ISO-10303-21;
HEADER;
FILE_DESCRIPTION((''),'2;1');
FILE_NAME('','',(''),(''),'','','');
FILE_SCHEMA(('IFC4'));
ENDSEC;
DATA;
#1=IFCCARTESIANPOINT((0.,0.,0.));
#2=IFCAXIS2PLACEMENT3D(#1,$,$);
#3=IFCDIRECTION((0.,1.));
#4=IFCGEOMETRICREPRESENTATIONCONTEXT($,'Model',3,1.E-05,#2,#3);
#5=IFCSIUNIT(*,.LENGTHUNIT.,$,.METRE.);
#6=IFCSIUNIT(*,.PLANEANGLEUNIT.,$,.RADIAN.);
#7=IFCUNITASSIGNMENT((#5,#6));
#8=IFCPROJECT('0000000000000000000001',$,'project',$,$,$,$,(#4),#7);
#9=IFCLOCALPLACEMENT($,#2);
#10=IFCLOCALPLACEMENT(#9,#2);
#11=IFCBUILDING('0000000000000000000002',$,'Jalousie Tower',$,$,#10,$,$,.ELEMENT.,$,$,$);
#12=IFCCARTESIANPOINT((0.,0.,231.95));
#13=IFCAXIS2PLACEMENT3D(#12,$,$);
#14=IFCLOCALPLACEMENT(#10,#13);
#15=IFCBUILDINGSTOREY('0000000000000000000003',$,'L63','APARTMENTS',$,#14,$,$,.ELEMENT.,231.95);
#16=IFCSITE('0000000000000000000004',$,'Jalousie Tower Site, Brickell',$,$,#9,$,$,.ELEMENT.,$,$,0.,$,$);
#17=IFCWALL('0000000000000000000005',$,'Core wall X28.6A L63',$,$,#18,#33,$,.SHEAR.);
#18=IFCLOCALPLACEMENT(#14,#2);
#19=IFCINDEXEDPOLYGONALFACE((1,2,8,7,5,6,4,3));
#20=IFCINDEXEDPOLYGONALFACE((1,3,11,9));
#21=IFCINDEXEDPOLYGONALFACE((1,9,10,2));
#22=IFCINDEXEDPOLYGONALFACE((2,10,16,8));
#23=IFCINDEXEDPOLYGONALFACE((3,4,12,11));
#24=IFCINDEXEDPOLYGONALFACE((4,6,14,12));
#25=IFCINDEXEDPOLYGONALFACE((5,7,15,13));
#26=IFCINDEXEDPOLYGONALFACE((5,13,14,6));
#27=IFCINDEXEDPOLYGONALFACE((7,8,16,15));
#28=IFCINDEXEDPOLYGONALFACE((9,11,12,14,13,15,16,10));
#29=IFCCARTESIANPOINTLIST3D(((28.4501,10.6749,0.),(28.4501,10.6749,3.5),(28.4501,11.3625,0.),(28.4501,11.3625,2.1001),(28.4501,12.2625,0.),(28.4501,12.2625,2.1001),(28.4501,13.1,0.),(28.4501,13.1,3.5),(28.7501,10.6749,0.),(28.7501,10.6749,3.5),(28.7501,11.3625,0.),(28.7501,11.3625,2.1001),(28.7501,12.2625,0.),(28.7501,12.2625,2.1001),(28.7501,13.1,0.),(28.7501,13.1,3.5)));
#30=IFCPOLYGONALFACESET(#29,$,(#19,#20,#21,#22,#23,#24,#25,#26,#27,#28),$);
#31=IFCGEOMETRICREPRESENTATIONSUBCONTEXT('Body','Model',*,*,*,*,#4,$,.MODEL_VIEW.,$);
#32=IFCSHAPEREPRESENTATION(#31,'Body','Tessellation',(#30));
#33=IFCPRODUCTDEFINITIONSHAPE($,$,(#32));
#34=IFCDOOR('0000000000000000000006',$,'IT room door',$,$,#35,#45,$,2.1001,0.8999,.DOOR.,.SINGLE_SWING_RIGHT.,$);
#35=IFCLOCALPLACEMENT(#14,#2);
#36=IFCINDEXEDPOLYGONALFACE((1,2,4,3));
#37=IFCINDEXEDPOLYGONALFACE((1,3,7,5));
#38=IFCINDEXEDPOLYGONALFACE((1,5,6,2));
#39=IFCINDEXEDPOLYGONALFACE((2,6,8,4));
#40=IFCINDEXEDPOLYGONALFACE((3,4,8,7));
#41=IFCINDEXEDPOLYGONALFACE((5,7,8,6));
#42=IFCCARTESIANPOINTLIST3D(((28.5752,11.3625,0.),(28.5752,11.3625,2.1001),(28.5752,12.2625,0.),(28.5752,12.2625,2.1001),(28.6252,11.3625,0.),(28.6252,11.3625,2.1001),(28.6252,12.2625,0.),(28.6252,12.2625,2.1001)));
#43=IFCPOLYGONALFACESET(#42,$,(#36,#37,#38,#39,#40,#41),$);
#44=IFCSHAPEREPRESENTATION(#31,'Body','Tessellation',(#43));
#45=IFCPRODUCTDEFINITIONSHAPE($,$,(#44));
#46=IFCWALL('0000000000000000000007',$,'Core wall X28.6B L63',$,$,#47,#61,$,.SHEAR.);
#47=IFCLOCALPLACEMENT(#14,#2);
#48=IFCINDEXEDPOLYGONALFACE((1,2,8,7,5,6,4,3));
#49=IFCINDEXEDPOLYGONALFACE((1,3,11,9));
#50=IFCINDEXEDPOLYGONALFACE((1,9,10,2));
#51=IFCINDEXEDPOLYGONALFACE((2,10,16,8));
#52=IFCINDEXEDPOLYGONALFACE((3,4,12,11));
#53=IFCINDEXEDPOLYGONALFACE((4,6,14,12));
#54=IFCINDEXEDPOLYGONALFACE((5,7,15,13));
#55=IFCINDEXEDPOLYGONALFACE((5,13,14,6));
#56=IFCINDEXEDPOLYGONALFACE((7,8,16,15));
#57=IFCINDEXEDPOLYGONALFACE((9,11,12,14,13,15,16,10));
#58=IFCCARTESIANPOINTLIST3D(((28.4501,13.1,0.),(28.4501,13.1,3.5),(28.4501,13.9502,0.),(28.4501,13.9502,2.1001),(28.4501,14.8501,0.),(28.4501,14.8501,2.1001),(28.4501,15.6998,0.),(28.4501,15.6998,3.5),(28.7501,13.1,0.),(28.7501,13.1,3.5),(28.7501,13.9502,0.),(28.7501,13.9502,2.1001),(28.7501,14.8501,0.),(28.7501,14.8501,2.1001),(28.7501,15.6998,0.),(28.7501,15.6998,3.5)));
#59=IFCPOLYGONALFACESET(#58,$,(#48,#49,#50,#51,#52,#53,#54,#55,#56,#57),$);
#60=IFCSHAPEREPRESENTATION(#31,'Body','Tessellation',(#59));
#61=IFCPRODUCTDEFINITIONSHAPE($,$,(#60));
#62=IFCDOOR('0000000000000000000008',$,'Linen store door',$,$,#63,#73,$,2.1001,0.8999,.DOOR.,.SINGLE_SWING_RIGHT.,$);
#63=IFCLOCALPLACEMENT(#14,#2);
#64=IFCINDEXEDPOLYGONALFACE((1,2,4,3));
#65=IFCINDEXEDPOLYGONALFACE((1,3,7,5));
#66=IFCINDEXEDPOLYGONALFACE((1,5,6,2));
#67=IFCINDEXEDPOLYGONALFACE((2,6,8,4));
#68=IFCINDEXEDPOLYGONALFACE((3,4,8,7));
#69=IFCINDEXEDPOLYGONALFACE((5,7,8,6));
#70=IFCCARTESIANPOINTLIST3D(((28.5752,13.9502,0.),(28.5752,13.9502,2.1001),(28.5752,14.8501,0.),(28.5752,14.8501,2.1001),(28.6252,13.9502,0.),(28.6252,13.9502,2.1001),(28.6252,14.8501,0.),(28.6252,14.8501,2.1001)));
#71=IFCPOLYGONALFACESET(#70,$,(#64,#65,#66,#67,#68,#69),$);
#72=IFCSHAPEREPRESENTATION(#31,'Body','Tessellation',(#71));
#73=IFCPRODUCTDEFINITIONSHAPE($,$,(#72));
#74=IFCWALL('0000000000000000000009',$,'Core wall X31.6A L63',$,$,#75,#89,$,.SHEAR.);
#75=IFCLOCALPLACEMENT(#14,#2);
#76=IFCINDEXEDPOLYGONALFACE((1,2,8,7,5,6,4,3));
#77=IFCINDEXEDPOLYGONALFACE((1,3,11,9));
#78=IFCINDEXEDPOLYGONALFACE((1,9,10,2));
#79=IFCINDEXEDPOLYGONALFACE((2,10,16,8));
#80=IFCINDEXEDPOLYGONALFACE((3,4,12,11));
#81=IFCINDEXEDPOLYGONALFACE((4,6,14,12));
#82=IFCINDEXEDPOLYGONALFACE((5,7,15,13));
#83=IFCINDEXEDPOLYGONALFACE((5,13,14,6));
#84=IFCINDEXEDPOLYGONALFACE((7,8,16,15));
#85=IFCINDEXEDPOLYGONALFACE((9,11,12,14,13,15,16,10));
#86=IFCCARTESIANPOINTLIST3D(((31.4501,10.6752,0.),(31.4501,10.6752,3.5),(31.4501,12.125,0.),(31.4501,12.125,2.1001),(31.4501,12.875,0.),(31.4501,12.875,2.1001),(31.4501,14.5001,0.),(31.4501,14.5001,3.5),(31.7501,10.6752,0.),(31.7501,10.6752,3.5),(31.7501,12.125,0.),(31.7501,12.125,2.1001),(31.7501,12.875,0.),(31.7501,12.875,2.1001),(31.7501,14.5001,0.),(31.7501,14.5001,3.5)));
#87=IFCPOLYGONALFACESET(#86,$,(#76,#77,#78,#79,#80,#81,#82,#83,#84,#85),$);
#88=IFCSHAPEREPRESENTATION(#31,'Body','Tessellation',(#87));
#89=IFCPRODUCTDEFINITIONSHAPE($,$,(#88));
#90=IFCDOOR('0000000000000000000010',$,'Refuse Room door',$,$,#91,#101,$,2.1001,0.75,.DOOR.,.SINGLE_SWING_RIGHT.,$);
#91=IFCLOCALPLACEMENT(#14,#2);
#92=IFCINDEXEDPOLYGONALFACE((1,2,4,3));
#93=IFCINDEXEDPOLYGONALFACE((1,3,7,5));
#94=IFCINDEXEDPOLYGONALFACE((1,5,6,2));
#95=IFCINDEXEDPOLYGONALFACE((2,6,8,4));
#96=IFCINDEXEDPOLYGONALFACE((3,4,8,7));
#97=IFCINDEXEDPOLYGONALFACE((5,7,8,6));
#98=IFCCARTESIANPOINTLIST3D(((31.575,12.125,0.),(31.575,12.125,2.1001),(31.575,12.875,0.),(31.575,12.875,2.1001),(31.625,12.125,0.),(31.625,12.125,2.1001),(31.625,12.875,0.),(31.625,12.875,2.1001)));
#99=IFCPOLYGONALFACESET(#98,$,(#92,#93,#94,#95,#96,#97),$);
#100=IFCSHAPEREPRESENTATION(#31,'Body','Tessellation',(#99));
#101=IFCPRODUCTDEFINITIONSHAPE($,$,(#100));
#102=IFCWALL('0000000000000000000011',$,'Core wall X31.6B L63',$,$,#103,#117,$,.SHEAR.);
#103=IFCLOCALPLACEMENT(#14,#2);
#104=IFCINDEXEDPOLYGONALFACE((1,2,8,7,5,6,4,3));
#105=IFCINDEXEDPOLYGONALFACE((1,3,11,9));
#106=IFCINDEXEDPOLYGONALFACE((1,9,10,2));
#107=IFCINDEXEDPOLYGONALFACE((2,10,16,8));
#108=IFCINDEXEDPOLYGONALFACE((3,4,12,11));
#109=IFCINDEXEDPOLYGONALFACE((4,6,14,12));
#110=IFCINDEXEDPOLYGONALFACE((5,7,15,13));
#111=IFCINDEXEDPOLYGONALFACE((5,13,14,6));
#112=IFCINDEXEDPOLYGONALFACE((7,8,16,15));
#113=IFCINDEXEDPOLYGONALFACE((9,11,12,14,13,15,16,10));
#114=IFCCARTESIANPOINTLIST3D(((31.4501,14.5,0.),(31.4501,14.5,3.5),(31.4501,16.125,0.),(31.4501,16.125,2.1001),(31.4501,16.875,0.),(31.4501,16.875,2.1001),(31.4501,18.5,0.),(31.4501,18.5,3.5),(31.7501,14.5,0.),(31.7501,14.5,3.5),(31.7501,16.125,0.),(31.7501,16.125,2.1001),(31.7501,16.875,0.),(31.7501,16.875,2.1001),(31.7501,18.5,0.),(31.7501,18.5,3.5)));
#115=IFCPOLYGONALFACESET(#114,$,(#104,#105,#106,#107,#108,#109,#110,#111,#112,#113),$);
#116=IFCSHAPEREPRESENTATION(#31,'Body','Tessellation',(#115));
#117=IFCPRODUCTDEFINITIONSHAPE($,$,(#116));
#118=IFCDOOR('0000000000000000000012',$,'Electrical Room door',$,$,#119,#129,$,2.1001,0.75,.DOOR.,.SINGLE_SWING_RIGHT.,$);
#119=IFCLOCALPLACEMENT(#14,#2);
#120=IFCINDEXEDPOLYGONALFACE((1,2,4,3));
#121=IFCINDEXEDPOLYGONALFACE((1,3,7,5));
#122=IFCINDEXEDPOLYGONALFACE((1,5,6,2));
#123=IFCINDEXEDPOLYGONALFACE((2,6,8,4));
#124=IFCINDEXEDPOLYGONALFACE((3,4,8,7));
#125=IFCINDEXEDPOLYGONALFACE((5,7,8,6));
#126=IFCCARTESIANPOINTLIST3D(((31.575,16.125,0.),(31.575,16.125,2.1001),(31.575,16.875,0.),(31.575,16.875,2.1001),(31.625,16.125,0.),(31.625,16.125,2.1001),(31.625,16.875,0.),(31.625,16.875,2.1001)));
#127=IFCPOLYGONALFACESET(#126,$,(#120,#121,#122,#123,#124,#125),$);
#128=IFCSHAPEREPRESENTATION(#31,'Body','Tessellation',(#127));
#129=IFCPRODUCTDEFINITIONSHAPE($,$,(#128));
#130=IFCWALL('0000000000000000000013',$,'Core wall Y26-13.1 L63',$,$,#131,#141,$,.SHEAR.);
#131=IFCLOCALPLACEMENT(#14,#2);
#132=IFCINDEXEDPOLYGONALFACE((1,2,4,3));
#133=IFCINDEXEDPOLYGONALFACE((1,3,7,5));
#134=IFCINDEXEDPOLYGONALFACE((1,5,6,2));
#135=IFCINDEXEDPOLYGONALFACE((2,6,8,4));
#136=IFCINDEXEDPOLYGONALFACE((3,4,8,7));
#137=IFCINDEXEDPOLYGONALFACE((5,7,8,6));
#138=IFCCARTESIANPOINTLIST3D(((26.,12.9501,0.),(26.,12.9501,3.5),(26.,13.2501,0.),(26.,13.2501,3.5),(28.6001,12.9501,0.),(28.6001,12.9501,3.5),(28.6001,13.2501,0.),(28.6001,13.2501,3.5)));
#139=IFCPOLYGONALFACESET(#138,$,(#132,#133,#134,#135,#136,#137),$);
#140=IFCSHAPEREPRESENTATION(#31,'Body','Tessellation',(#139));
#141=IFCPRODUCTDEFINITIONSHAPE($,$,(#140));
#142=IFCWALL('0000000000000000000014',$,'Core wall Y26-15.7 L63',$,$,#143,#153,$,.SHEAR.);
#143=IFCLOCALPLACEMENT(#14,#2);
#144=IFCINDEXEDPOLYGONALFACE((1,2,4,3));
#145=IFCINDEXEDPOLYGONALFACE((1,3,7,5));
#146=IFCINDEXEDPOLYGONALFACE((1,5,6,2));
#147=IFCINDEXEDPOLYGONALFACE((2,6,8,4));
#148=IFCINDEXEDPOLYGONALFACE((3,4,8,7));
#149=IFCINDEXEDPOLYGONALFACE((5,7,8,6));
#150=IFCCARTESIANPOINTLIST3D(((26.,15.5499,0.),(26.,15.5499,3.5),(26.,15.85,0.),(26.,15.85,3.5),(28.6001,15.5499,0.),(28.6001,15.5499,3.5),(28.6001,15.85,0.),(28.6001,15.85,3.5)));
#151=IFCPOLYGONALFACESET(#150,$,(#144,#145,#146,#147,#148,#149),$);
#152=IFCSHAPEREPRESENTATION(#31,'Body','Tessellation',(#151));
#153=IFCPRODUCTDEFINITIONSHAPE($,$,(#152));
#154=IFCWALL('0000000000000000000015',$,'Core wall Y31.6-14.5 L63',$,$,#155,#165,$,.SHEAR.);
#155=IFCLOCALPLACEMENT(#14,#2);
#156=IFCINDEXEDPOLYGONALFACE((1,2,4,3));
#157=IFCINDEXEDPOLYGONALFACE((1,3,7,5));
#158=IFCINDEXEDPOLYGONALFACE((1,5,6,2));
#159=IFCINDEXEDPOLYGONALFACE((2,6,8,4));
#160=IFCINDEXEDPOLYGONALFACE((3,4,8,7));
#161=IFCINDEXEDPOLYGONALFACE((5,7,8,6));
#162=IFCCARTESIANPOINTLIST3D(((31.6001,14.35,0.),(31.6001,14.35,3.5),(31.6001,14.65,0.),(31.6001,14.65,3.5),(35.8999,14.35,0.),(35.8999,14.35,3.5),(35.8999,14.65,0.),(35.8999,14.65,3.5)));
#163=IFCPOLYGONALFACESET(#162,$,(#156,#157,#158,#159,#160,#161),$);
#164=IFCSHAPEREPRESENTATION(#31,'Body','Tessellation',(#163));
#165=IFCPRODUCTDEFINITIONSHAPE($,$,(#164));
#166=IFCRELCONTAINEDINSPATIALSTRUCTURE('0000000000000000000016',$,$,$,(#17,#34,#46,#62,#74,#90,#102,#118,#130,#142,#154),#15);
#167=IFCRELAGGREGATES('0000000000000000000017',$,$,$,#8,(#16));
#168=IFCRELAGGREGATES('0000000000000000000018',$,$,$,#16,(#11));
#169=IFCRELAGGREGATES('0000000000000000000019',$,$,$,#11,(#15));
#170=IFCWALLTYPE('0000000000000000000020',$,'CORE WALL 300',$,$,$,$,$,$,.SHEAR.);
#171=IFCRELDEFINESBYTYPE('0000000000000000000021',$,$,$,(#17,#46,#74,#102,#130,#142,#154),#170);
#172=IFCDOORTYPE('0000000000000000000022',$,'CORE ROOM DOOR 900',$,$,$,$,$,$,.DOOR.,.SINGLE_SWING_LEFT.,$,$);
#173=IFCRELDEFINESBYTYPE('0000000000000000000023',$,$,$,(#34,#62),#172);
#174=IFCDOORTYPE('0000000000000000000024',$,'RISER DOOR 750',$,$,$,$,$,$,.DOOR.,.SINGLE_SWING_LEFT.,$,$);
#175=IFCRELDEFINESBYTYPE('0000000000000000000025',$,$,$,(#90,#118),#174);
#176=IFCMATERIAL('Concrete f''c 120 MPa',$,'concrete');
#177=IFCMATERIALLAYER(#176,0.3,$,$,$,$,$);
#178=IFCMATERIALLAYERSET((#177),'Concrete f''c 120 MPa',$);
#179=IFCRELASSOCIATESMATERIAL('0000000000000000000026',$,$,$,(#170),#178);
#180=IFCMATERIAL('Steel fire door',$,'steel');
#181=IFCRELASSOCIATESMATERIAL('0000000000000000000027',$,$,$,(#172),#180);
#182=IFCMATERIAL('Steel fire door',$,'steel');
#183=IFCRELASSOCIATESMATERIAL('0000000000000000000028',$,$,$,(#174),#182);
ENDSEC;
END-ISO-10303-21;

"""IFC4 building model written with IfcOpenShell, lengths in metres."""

from ifc_helpers import new_model, si_unit, direction, frame, frame_2d, origin, place, context, subcontext, project, spatial, rectangle, extrude, material, layer, layer_set, type_object, element, fill, save


model = new_model("IFC4")

# Units and contexts
model_context = context("Model", 3, precision=1e-05, world=origin(), true_north=direction((0.0, 1.0)))
body_context = subcontext(model_context, "Body", "Model", "MODEL_VIEW")
ifc_project = project(units=[si_unit("LENGTHUNIT", "METRE"), si_unit("PLANEANGLEUNIT", "RADIAN")], contexts=[model_context])

# Site, building, storey
site_placement = place(None, origin())
site = spatial("IfcSite", under=ifc_project, at=site_placement, Name="Jalousie Tower Site, Brickell", CompositionType="ELEMENT", RefElevation=0.0)
building_placement = place(site_placement, origin())
building = spatial("IfcBuilding", under=site, at=building_placement, Name="Jalousie Tower", CompositionType="ELEMENT")
storey_placement = place(building_placement, frame((0.0, 0.0, 231.95)))
storey = spatial("IfcBuildingStorey", under=building, at=storey_placement, Name="L63", Description="APARTMENTS", CompositionType="ELEMENT", Elevation=231.95)

# Shared definitions
ifc_material_1 = material(Name="Concrete f'c 120 MPa", Category="concrete")
ifc_layer_1 = layer(ifc_material_1, 0.3)
ifc_layer_set_1 = layer_set([ifc_layer_1], Name="Concrete f'c 120 MPa")
wall_type_1 = type_object("IfcWallType", Name="CORE WALL 300", PredefinedType="SHEAR", material=ifc_layer_set_1)

# Walls, openings, doors
wall_1_placement = place(storey_placement, frame((28.6001, 10.675, 0.0), z_axis=(0.0, 0.0, 1.0), x_axis=(0.0, 1.0, 0.0)))
wall_1 = element("IfcWall", 1, at=wall_1_placement, inside=storey, type_object=wall_type_1, Name="Core wall X28.6A L63", PredefinedType="SHEAR", context=body_context, shape_type="SweptSolid", body=[
    extrude(rectangle(XDim=2.425, YDim=0.3, at=frame_2d((1.2124, 0.0))), origin(), (0.0, 0.0, 1.0), 3.5),
])
opening_1_placement = place(wall_1_placement, frame((0.6875, 0.0, 0.0)))
opening_1 = element("IfcOpeningElement", 2, at=opening_1_placement, cuts=wall_1, PredefinedType="OPENING", context=body_context, shape_type="SweptSolid", body=[
    extrude(rectangle(XDim=0.8999, YDim=2.1001, at=frame_2d((0.45, 1.05))), frame((0.0, 0.1599, 0.0), z_axis=(0.0, -1.0, 0.0), x_axis=(1.0, 0.0, 0.0)), (0.0, 0.0, 1.0), 0.3201),
])
ifc_material_2 = material(Name="Steel fire door", Category="steel")
door_type_1 = type_object("IfcDoorType", Name="CORE ROOM DOOR 900", OperationType="SINGLE_SWING_LEFT", PredefinedType="DOOR", material=ifc_material_2)
door_1_placement = place(opening_1_placement, origin())
door_1 = element("IfcDoor", 3, at=door_1_placement, inside=storey, type_object=door_type_1, Name="IT room door", OperationType="SINGLE_SWING_RIGHT", OverallHeight=2.1001, OverallWidth=0.8999, PredefinedType="DOOR", context=body_context, shape_type="SweptSolid", body=[
    extrude(rectangle(XDim=0.8999, YDim=2.1001, at=frame_2d((0.45, 1.05))), frame((0.0, 0.0249, 0.0), z_axis=(0.0, -1.0, 0.0), x_axis=(1.0, 0.0, 0.0)), (0.0, 0.0, 1.0), 0.05),
])
fill(opening_1, door_1)
wall_2_placement = place(storey_placement, frame((28.6001, 13.1001, 0.0), z_axis=(0.0, 0.0, 1.0), x_axis=(0.0, 1.0, 0.0)))
wall_2 = element("IfcWall", 4, at=wall_2_placement, inside=storey, type_object=wall_type_1, Name="Core wall X28.6B L63", PredefinedType="SHEAR", context=body_context, shape_type="SweptSolid", body=[
    extrude(rectangle(XDim=2.5999, YDim=0.3, at=frame_2d((1.2998, 0.0))), origin(), (0.0, 0.0, 1.0), 3.5),
])
opening_2_placement = place(wall_2_placement, frame((0.8501, 0.0, 0.0)))
opening_2 = element("IfcOpeningElement", 5, at=opening_2_placement, cuts=wall_2, PredefinedType="OPENING", context=body_context, shape_type="SweptSolid", body=[
    extrude(rectangle(XDim=0.8999, YDim=2.1001, at=frame_2d((0.45, 1.05))), frame((0.0, 0.1599, 0.0), z_axis=(0.0, -1.0, 0.0), x_axis=(1.0, 0.0, 0.0)), (0.0, 0.0, 1.0), 0.3201),
])
door_2_placement = place(opening_2_placement, origin())
door_2 = element("IfcDoor", 6, at=door_2_placement, inside=storey, type_object=door_type_1, Name="Linen store door", OperationType="SINGLE_SWING_RIGHT", OverallHeight=2.1001, OverallWidth=0.8999, PredefinedType="DOOR", context=body_context, shape_type="SweptSolid", body=[
    extrude(rectangle(XDim=0.8999, YDim=2.1001, at=frame_2d((0.45, 1.05))), frame((0.0, 0.0249, 0.0), z_axis=(0.0, -1.0, 0.0), x_axis=(1.0, 0.0, 0.0)), (0.0, 0.0, 1.0), 0.05),
])
fill(opening_2, door_2)
wall_3_placement = place(storey_placement, frame((31.6001, 10.675, 0.0), z_axis=(0.0, 0.0, 1.0), x_axis=(0.0, 1.0, 0.0)))
wall_3 = element("IfcWall", 7, at=wall_3_placement, inside=storey, type_object=wall_type_1, Name="Core wall X31.6A L63", PredefinedType="SHEAR", context=body_context, shape_type="SweptSolid", body=[
    extrude(rectangle(XDim=3.825, YDim=0.3, at=frame_2d((1.9126, 0.0))), origin(), (0.0, 0.0, 1.0), 3.5),
])
opening_3_placement = place(wall_3_placement, frame((1.45, 0.0, 0.0)))
opening_3 = element("IfcOpeningElement", 8, at=opening_3_placement, cuts=wall_3, PredefinedType="OPENING", context=body_context, shape_type="SweptSolid", body=[
    extrude(rectangle(XDim=0.75, YDim=2.1001, at=frame_2d((0.375, 1.05))), frame((0.0, 0.1599, 0.0), z_axis=(0.0, -1.0, 0.0), x_axis=(1.0, 0.0, 0.0)), (0.0, 0.0, 1.0), 0.3201),
])
ifc_material_3 = material(Name="Steel fire door", Category="steel")
door_type_2 = type_object("IfcDoorType", Name="RISER DOOR 750", OperationType="SINGLE_SWING_LEFT", PredefinedType="DOOR", material=ifc_material_3)
door_3_placement = place(opening_3_placement, frame((0.75, 0.0, 0.0), z_axis=(0.0, 0.0, 1.0), x_axis=(-1.0, 0.0, 0.0)))
door_3 = element("IfcDoor", 9, at=door_3_placement, inside=storey, type_object=door_type_2, Name="Refuse Room door", OperationType="SINGLE_SWING_RIGHT", OverallHeight=2.1001, OverallWidth=0.75, PredefinedType="DOOR", context=body_context, shape_type="SweptSolid", body=[
    extrude(rectangle(XDim=0.75, YDim=2.1001, at=frame_2d((0.375, 1.05))), frame((0.0, 0.0249, 0.0), z_axis=(0.0, -1.0, 0.0), x_axis=(1.0, 0.0, 0.0)), (0.0, 0.0, 1.0), 0.05),
])
fill(opening_3, door_3)
wall_4_placement = place(storey_placement, frame((31.6001, 14.5, 0.0), z_axis=(0.0, 0.0, 1.0), x_axis=(0.0, 1.0, 0.0)))
wall_4 = element("IfcWall", 10, at=wall_4_placement, inside=storey, type_object=wall_type_1, Name="Core wall X31.6B L63", PredefinedType="SHEAR", context=body_context, shape_type="SweptSolid", body=[
    extrude(rectangle(XDim=4.0, YDim=0.3, at=frame_2d((2.0, 0.0))), origin(), (0.0, 0.0, 1.0), 3.5),
])
opening_4_placement = place(wall_4_placement, frame((1.625, 0.0, 0.0)))
opening_4 = element("IfcOpeningElement", 11, at=opening_4_placement, cuts=wall_4, PredefinedType="OPENING", context=body_context, shape_type="SweptSolid", body=[
    extrude(rectangle(XDim=0.75, YDim=2.1001, at=frame_2d((0.375, 1.05))), frame((0.0, 0.1599, 0.0), z_axis=(0.0, -1.0, 0.0), x_axis=(1.0, 0.0, 0.0)), (0.0, 0.0, 1.0), 0.3201),
])
door_4_placement = place(opening_4_placement, frame((0.75, 0.0, 0.0), z_axis=(0.0, 0.0, 1.0), x_axis=(-1.0, 0.0, 0.0)))
door_4 = element("IfcDoor", 12, at=door_4_placement, inside=storey, type_object=door_type_2, Name="Electrical Room door", OperationType="SINGLE_SWING_RIGHT", OverallHeight=2.1001, OverallWidth=0.75, PredefinedType="DOOR", context=body_context, shape_type="SweptSolid", body=[
    extrude(rectangle(XDim=0.75, YDim=2.1001, at=frame_2d((0.375, 1.05))), frame((0.0, 0.0249, 0.0), z_axis=(0.0, -1.0, 0.0), x_axis=(1.0, 0.0, 0.0)), (0.0, 0.0, 1.0), 0.05),
])
fill(opening_4, door_4)

# Walls
for number, where, z_axis, x_axis, name in (
    (13, (26.0, 13.1001, 0.0), (0.0, 0.0, 1.0), (1.0, 0.0, 0.0), "Core wall Y26-13.1 L63"),
    (14, (26.0, 15.7, 0.0), (0.0, 0.0, 1.0), (1.0, 0.0, 0.0), "Core wall Y26-15.7 L63"),
):
    element("IfcWall", number, at=place(storey_placement, frame(where, z_axis=z_axis, x_axis=x_axis)), inside=storey, type_object=wall_type_1, Name=name, PredefinedType="SHEAR", context=body_context, shape_type="SweptSolid", body=[
        extrude(rectangle(XDim=2.6001, YDim=0.3, at=frame_2d((1.3, 0.0))), origin(), (0.0, 0.0, 1.0), 3.5),
    ])
wall_5_placement = place(storey_placement, frame((31.6001, 14.5, 0.0), z_axis=(0.0, 0.0, 1.0), x_axis=(1.0, 0.0, 0.0)))
element("IfcWall", 15, at=wall_5_placement, inside=storey, type_object=wall_type_1, Name="Core wall Y31.6-14.5 L63", PredefinedType="SHEAR", context=body_context, shape_type="SweptSolid", body=[
    extrude(rectangle(XDim=4.2998, YDim=0.3, at=frame_2d((2.1499, 0.0))), origin(), (0.0, 0.0, 1.0), 3.5),
])

save(model, "model.ifc")
